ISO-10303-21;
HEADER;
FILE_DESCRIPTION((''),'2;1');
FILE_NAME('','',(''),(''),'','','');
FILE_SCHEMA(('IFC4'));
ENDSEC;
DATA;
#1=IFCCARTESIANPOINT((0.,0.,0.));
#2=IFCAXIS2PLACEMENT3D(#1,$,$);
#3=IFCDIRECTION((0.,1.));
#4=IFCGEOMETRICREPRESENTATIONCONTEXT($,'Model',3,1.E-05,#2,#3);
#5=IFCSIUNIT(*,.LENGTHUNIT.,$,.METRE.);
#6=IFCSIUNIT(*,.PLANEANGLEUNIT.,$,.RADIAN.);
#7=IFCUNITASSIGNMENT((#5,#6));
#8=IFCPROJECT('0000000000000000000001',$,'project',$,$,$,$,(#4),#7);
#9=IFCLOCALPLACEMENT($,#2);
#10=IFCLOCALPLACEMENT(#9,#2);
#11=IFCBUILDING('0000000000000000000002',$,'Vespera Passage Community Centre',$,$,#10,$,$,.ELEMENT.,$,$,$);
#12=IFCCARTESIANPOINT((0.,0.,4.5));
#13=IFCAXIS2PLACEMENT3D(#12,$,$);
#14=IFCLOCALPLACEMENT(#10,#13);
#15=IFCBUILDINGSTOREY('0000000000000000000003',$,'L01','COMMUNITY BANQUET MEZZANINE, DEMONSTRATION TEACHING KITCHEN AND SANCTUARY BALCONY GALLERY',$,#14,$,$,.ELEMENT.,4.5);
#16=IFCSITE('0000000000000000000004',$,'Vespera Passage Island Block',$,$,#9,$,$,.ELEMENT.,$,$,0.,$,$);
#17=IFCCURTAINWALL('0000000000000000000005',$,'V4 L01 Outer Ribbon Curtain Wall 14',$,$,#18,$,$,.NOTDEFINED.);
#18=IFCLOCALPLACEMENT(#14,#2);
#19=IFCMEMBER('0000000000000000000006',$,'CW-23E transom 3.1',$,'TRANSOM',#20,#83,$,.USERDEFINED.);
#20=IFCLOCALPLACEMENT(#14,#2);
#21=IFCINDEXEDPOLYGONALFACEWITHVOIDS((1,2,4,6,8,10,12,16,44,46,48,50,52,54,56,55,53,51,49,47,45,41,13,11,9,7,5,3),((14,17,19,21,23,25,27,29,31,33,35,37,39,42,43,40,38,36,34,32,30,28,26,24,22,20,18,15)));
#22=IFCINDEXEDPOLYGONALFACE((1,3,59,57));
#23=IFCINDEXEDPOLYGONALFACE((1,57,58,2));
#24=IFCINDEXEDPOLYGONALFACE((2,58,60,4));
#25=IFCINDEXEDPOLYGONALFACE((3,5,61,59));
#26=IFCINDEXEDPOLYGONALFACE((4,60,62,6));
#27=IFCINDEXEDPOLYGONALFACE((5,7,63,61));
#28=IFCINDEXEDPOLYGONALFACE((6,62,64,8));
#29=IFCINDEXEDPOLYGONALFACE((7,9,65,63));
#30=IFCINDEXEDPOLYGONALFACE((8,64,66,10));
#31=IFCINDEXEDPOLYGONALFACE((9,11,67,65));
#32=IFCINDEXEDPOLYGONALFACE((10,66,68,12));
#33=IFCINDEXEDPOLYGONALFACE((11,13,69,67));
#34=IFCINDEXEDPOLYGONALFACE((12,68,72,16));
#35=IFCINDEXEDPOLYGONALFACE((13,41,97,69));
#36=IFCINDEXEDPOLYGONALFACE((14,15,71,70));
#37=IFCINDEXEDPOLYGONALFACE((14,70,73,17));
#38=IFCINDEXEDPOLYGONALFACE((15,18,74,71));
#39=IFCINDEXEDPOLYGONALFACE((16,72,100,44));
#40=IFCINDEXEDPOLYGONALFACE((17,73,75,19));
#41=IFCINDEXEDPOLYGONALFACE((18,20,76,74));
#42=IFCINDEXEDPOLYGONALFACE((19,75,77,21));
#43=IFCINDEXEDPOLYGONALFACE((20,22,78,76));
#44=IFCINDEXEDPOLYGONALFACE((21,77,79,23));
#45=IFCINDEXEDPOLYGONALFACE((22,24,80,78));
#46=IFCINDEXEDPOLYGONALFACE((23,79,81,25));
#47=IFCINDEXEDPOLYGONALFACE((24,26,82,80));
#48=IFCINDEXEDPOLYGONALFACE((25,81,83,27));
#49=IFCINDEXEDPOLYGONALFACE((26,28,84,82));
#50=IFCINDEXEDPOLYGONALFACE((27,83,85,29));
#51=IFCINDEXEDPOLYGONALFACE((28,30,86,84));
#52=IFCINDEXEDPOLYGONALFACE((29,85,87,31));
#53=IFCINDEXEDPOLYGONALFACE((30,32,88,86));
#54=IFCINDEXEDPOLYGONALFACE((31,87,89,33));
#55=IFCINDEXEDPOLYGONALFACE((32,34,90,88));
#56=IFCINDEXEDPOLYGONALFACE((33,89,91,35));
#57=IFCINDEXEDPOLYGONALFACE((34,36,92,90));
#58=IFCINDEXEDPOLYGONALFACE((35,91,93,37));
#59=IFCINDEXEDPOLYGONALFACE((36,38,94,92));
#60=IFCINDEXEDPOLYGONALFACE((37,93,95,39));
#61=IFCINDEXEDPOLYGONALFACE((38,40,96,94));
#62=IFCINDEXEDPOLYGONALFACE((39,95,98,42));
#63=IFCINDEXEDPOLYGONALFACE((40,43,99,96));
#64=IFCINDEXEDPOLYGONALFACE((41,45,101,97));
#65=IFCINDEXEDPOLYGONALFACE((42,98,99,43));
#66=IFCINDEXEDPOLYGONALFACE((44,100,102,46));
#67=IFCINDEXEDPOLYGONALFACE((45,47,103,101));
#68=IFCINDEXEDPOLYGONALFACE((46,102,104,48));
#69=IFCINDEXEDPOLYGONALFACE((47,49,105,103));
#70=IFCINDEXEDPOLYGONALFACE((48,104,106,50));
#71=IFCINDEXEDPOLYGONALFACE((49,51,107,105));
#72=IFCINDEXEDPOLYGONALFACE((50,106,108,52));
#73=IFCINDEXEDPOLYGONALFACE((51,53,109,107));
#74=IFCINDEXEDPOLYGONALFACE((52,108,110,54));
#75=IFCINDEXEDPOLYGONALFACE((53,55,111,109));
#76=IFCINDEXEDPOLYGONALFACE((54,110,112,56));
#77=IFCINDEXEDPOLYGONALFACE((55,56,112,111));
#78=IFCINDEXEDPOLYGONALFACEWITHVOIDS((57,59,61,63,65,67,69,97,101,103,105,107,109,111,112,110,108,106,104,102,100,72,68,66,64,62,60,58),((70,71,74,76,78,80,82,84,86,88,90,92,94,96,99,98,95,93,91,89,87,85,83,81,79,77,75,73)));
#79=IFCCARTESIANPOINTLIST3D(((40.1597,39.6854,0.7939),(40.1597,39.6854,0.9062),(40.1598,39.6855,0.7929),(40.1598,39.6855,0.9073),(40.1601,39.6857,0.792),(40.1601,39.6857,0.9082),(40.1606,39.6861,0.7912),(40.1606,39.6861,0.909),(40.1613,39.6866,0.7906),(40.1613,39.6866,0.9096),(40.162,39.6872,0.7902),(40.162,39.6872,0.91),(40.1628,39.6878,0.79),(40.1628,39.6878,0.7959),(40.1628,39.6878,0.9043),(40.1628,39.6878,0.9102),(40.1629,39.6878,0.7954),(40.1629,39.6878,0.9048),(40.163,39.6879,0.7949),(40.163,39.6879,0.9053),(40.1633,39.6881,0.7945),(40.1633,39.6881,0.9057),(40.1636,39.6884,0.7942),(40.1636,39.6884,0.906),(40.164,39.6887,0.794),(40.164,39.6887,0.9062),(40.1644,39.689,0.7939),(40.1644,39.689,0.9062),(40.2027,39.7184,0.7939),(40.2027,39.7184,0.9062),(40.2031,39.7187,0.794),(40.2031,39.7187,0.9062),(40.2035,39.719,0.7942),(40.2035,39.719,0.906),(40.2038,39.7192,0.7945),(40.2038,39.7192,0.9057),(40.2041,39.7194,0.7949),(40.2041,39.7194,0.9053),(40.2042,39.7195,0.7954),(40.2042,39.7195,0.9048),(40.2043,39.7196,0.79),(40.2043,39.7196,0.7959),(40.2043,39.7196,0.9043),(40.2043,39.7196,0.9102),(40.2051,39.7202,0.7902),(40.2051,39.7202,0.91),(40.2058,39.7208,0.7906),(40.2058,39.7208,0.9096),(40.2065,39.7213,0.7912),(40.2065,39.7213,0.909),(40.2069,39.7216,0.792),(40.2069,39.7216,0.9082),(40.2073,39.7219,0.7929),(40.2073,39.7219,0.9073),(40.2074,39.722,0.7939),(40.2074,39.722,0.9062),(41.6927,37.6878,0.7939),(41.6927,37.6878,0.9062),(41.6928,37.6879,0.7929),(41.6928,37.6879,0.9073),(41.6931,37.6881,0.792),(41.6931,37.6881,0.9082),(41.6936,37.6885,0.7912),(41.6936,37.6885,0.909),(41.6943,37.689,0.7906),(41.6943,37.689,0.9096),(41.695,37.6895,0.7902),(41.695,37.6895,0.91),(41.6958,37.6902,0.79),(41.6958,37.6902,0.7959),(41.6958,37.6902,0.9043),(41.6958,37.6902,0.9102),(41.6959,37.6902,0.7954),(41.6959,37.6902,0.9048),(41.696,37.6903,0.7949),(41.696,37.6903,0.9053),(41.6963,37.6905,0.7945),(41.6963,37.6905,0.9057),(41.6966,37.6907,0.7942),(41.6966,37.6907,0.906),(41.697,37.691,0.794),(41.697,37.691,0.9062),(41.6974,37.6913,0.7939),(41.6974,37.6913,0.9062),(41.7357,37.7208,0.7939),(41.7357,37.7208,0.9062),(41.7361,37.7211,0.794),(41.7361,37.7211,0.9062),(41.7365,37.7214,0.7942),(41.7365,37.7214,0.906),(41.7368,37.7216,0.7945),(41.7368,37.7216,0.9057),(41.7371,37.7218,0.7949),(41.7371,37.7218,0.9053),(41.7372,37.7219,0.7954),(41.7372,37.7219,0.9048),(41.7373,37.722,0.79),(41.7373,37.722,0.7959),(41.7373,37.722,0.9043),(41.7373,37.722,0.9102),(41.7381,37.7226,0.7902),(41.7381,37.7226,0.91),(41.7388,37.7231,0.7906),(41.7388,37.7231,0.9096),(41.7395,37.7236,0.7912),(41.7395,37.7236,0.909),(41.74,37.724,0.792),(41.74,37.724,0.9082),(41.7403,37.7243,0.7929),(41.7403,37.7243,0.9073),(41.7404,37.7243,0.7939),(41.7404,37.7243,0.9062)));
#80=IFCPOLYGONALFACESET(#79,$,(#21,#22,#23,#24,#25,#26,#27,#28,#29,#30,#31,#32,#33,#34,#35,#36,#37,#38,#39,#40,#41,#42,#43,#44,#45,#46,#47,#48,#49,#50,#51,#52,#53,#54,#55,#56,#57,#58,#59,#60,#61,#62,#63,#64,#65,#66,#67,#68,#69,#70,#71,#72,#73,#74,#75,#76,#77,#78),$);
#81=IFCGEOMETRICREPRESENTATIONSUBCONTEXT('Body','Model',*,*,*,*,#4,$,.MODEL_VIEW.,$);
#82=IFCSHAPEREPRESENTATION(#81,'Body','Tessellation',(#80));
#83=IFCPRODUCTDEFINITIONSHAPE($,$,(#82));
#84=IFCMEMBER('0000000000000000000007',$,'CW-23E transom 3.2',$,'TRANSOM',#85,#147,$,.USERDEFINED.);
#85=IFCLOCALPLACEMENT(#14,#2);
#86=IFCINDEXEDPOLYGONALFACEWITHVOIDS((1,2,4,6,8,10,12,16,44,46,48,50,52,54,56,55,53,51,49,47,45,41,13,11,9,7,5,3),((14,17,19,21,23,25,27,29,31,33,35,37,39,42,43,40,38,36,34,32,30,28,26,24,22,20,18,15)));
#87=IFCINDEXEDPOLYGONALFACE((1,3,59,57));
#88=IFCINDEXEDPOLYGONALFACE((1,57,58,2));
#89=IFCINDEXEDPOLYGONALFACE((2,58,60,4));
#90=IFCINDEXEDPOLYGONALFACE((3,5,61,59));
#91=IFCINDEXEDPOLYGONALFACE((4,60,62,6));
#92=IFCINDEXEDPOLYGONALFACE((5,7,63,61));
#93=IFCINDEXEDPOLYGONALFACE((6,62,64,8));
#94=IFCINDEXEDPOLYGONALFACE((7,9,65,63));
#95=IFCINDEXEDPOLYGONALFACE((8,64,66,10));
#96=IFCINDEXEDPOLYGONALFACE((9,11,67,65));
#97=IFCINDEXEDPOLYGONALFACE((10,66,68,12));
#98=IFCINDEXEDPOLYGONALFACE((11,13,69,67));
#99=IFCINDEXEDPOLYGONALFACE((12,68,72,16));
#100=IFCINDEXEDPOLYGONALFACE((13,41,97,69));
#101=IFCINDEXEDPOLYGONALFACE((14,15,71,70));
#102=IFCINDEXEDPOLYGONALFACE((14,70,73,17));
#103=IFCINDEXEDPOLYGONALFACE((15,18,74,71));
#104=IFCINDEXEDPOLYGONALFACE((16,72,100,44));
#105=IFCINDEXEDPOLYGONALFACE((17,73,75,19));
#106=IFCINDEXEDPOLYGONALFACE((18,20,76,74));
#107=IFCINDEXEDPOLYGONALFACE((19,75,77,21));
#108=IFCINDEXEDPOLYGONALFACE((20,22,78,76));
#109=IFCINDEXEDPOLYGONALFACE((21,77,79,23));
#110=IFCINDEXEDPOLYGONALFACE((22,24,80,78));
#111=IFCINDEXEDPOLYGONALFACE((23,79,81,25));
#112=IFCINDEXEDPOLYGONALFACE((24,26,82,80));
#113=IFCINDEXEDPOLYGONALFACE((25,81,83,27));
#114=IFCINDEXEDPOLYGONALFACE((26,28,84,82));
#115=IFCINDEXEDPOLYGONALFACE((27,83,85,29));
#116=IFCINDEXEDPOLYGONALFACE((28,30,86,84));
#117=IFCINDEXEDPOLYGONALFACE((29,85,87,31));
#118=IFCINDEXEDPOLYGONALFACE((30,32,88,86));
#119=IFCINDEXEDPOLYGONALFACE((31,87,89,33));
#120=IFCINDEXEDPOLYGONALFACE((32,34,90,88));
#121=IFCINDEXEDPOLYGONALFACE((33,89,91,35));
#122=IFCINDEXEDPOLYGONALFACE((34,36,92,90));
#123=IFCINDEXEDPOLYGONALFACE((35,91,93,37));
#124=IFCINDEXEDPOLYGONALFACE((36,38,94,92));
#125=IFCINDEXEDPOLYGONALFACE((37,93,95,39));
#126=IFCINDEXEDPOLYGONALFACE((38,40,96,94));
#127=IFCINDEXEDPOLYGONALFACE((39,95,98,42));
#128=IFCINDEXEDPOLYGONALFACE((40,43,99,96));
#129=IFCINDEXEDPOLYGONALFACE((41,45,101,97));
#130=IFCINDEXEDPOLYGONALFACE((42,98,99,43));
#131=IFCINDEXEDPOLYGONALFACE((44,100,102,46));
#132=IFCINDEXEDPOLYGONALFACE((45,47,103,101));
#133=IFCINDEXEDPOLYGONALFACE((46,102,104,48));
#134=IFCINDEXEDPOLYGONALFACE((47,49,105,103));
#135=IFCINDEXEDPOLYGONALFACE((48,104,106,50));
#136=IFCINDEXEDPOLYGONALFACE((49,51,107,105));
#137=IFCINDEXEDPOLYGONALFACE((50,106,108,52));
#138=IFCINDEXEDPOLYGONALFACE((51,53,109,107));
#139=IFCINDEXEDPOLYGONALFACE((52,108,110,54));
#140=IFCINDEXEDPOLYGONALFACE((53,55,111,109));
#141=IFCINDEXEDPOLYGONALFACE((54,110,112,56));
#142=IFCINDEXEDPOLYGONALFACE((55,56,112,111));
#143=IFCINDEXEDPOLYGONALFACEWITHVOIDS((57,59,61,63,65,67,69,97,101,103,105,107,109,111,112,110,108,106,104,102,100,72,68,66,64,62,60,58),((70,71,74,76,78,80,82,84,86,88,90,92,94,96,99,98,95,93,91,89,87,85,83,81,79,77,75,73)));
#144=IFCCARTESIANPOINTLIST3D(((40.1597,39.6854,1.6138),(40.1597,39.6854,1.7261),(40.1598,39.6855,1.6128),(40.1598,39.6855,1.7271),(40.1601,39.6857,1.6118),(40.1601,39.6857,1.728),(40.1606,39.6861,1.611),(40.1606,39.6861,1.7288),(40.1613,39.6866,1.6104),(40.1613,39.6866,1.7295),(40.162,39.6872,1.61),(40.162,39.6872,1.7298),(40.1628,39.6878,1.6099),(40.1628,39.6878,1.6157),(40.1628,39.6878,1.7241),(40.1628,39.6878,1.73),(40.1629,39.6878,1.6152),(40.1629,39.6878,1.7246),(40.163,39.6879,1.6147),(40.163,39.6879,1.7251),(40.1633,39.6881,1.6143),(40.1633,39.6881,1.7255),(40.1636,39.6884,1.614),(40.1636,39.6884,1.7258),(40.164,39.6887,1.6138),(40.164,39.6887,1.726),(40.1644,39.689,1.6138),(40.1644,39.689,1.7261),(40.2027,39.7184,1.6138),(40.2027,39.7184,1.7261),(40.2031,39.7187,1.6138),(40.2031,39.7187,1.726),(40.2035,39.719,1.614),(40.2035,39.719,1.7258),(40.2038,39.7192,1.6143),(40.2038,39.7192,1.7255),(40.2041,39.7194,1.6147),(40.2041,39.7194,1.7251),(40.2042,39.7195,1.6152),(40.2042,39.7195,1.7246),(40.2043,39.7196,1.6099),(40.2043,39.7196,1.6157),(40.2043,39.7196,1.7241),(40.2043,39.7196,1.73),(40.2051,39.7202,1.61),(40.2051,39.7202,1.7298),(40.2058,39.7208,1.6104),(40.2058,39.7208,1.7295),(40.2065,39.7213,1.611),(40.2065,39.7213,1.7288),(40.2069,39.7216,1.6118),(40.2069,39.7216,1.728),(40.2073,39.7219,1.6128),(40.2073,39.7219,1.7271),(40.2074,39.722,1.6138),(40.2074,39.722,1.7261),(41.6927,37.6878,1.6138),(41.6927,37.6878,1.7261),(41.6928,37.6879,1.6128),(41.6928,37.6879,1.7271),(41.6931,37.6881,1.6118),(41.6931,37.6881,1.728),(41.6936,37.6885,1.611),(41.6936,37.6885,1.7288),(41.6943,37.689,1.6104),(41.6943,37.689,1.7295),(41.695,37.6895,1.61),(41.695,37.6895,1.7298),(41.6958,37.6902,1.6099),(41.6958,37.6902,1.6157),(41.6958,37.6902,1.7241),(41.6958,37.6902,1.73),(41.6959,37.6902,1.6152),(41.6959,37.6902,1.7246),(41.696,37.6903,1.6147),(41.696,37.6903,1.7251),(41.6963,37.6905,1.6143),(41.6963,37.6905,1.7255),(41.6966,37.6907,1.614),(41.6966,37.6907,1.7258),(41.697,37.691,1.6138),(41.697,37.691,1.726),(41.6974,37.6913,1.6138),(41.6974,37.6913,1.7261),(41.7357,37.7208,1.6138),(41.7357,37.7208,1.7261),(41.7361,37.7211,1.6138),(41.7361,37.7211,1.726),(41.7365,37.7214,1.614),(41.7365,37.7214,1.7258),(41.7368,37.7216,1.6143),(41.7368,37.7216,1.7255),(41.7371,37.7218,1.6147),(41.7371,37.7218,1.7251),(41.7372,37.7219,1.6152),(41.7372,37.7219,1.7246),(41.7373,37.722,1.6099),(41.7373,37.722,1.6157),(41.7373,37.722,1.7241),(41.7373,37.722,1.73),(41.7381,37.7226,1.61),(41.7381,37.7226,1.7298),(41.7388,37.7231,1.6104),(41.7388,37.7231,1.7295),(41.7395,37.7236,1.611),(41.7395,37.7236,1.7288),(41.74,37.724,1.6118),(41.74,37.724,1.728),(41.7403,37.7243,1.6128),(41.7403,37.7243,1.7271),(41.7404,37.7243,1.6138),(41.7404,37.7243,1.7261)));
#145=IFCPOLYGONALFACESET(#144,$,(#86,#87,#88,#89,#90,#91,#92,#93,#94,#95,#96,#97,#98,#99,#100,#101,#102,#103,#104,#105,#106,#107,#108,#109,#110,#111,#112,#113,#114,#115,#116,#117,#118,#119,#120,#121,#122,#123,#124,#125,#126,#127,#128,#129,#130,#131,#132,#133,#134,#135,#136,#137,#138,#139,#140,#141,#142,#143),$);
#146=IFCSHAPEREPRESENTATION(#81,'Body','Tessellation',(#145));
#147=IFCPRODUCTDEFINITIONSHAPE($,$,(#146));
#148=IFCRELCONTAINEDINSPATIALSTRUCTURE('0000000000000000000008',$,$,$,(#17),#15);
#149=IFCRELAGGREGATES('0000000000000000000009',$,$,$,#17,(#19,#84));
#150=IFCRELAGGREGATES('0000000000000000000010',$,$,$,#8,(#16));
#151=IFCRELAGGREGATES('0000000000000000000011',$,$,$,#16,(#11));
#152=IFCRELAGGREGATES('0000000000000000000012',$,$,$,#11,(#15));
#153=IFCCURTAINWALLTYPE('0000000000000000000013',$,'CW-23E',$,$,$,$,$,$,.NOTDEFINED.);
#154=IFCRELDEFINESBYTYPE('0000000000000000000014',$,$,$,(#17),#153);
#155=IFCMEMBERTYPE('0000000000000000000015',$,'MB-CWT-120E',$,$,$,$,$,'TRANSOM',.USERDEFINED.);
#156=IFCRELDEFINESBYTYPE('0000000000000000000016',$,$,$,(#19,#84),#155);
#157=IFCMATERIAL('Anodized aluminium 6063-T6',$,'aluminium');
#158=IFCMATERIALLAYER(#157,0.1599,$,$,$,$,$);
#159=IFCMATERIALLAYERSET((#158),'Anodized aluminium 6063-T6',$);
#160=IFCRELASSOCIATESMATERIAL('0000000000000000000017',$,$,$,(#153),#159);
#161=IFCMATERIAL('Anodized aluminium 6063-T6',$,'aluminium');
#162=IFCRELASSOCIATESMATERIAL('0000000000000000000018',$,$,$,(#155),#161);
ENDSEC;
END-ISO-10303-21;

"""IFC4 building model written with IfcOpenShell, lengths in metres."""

from ifc_helpers import new_model, si_unit, direction, frame, origin, origin_2d, place, context, subcontext, project, spatial, hollow_rectangle, extrude, material, layer, layer_set, material_profile, profile_set, type_object, element, aggregate, save


model = new_model("IFC4")

# Units and contexts
model_context = context("Model", 3, precision=1e-05, world=origin(), true_north=direction((0.0, 1.0)))
body_context = subcontext(model_context, "Body", "Model", "MODEL_VIEW")
ifc_project = project(units=[si_unit("LENGTHUNIT", "METRE"), si_unit("PLANEANGLEUNIT", "RADIAN")], contexts=[model_context])

# Site, building, storey
site_placement = place(None, origin())
site = spatial("IfcSite", under=ifc_project, at=site_placement, Name="Vespera Passage Island Block", CompositionType="ELEMENT", RefElevation=0.0)
building_placement = place(site_placement, origin())
building = spatial("IfcBuilding", under=site, at=building_placement, Name="Vespera Passage Community Centre", CompositionType="ELEMENT")
storey_placement = place(building_placement, frame((0.0, 0.0, 4.5)))
storey = spatial("IfcBuildingStorey", under=building, at=storey_placement, Name="L01", Description="COMMUNITY BANQUET MEZZANINE, DEMONSTRATION TEACHING KITCHEN AND SANCTUARY BALCONY GALLERY", CompositionType="ELEMENT", Elevation=4.5)

# Curtain wall, members
ifc_material_1 = material(Name="Anodized aluminium 6063-T6", Category="aluminium")
ifc_layer_1 = layer(ifc_material_1, 0.1599)
ifc_layer_set_1 = layer_set([ifc_layer_1], Name="Anodized aluminium 6063-T6")
curtain_wall_type = type_object("IfcCurtainWallType", Name="CW-23E", PredefinedType="NOTDEFINED", material=ifc_layer_set_1)
curtain_wall_placement = place(storey_placement, origin())
curtain_wall = element("IfcCurtainWall", 1, at=curtain_wall_placement, inside=storey, type_object=curtain_wall_type, Name="V4 L01 Outer Ribbon Curtain Wall 14", PredefinedType="NOTDEFINED")
ifc_material_2 = material(Name="Anodized aluminium 6063-T6", Category="aluminium")
ifc_material_profile_1 = material_profile(ifc_material_2, hollow_rectangle(XDim=0.0601, YDim=0.1201, WallThickness=0.0039, InnerFilletRadius=0.002, OuterFilletRadius=0.0039, at=origin_2d()), Name="ALU120X60X4")
ifc_profile_set_1 = profile_set([ifc_material_profile_1], Name="Anodized aluminium 6063-T6")
member_type_1 = type_object("IfcMemberType", Name="MB-CWT-120E", ElementType="TRANSOM", PredefinedType="USERDEFINED", material=ifc_profile_set_1)
member_1_placement = place(storey_placement, frame((41.7166, 37.7061, 0.8501), z_axis=(-0.608806, 0.793319, 0.0), x_axis=(-0.793319, -0.608806, 0.0)))
member_1 = element("IfcMember", 2, at=member_1_placement, type_object=member_type_1, Name="CW-23E transom 3.1", ObjectType="TRANSOM", PredefinedType="USERDEFINED", context=body_context, shape_type="SweptSolid", body=[
    extrude(hollow_rectangle(XDim=0.0601, YDim=0.1201, WallThickness=0.0039, InnerFilletRadius=0.002, OuterFilletRadius=0.0039, at=origin_2d()), origin(), (0.0, 0.0, 1.0), 2.5181),
])
member_2_placement = place(storey_placement, frame((41.7166, 37.7061, 1.6699), z_axis=(-0.608806, 0.793319, 0.0), x_axis=(-0.793319, -0.608806, 0.0)))
member_2 = element("IfcMember", 3, at=member_2_placement, type_object=member_type_1, Name="CW-23E transom 3.2", ObjectType="TRANSOM", PredefinedType="USERDEFINED", context=body_context, shape_type="SweptSolid", body=[
    extrude(hollow_rectangle(XDim=0.0601, YDim=0.1201, WallThickness=0.0039, InnerFilletRadius=0.002, OuterFilletRadius=0.0039, at=origin_2d()), origin(), (0.0, 0.0, 1.0), 2.5181),
])
aggregate(curtain_wall, [member_1, member_2])

save(model, "model.ifc")
